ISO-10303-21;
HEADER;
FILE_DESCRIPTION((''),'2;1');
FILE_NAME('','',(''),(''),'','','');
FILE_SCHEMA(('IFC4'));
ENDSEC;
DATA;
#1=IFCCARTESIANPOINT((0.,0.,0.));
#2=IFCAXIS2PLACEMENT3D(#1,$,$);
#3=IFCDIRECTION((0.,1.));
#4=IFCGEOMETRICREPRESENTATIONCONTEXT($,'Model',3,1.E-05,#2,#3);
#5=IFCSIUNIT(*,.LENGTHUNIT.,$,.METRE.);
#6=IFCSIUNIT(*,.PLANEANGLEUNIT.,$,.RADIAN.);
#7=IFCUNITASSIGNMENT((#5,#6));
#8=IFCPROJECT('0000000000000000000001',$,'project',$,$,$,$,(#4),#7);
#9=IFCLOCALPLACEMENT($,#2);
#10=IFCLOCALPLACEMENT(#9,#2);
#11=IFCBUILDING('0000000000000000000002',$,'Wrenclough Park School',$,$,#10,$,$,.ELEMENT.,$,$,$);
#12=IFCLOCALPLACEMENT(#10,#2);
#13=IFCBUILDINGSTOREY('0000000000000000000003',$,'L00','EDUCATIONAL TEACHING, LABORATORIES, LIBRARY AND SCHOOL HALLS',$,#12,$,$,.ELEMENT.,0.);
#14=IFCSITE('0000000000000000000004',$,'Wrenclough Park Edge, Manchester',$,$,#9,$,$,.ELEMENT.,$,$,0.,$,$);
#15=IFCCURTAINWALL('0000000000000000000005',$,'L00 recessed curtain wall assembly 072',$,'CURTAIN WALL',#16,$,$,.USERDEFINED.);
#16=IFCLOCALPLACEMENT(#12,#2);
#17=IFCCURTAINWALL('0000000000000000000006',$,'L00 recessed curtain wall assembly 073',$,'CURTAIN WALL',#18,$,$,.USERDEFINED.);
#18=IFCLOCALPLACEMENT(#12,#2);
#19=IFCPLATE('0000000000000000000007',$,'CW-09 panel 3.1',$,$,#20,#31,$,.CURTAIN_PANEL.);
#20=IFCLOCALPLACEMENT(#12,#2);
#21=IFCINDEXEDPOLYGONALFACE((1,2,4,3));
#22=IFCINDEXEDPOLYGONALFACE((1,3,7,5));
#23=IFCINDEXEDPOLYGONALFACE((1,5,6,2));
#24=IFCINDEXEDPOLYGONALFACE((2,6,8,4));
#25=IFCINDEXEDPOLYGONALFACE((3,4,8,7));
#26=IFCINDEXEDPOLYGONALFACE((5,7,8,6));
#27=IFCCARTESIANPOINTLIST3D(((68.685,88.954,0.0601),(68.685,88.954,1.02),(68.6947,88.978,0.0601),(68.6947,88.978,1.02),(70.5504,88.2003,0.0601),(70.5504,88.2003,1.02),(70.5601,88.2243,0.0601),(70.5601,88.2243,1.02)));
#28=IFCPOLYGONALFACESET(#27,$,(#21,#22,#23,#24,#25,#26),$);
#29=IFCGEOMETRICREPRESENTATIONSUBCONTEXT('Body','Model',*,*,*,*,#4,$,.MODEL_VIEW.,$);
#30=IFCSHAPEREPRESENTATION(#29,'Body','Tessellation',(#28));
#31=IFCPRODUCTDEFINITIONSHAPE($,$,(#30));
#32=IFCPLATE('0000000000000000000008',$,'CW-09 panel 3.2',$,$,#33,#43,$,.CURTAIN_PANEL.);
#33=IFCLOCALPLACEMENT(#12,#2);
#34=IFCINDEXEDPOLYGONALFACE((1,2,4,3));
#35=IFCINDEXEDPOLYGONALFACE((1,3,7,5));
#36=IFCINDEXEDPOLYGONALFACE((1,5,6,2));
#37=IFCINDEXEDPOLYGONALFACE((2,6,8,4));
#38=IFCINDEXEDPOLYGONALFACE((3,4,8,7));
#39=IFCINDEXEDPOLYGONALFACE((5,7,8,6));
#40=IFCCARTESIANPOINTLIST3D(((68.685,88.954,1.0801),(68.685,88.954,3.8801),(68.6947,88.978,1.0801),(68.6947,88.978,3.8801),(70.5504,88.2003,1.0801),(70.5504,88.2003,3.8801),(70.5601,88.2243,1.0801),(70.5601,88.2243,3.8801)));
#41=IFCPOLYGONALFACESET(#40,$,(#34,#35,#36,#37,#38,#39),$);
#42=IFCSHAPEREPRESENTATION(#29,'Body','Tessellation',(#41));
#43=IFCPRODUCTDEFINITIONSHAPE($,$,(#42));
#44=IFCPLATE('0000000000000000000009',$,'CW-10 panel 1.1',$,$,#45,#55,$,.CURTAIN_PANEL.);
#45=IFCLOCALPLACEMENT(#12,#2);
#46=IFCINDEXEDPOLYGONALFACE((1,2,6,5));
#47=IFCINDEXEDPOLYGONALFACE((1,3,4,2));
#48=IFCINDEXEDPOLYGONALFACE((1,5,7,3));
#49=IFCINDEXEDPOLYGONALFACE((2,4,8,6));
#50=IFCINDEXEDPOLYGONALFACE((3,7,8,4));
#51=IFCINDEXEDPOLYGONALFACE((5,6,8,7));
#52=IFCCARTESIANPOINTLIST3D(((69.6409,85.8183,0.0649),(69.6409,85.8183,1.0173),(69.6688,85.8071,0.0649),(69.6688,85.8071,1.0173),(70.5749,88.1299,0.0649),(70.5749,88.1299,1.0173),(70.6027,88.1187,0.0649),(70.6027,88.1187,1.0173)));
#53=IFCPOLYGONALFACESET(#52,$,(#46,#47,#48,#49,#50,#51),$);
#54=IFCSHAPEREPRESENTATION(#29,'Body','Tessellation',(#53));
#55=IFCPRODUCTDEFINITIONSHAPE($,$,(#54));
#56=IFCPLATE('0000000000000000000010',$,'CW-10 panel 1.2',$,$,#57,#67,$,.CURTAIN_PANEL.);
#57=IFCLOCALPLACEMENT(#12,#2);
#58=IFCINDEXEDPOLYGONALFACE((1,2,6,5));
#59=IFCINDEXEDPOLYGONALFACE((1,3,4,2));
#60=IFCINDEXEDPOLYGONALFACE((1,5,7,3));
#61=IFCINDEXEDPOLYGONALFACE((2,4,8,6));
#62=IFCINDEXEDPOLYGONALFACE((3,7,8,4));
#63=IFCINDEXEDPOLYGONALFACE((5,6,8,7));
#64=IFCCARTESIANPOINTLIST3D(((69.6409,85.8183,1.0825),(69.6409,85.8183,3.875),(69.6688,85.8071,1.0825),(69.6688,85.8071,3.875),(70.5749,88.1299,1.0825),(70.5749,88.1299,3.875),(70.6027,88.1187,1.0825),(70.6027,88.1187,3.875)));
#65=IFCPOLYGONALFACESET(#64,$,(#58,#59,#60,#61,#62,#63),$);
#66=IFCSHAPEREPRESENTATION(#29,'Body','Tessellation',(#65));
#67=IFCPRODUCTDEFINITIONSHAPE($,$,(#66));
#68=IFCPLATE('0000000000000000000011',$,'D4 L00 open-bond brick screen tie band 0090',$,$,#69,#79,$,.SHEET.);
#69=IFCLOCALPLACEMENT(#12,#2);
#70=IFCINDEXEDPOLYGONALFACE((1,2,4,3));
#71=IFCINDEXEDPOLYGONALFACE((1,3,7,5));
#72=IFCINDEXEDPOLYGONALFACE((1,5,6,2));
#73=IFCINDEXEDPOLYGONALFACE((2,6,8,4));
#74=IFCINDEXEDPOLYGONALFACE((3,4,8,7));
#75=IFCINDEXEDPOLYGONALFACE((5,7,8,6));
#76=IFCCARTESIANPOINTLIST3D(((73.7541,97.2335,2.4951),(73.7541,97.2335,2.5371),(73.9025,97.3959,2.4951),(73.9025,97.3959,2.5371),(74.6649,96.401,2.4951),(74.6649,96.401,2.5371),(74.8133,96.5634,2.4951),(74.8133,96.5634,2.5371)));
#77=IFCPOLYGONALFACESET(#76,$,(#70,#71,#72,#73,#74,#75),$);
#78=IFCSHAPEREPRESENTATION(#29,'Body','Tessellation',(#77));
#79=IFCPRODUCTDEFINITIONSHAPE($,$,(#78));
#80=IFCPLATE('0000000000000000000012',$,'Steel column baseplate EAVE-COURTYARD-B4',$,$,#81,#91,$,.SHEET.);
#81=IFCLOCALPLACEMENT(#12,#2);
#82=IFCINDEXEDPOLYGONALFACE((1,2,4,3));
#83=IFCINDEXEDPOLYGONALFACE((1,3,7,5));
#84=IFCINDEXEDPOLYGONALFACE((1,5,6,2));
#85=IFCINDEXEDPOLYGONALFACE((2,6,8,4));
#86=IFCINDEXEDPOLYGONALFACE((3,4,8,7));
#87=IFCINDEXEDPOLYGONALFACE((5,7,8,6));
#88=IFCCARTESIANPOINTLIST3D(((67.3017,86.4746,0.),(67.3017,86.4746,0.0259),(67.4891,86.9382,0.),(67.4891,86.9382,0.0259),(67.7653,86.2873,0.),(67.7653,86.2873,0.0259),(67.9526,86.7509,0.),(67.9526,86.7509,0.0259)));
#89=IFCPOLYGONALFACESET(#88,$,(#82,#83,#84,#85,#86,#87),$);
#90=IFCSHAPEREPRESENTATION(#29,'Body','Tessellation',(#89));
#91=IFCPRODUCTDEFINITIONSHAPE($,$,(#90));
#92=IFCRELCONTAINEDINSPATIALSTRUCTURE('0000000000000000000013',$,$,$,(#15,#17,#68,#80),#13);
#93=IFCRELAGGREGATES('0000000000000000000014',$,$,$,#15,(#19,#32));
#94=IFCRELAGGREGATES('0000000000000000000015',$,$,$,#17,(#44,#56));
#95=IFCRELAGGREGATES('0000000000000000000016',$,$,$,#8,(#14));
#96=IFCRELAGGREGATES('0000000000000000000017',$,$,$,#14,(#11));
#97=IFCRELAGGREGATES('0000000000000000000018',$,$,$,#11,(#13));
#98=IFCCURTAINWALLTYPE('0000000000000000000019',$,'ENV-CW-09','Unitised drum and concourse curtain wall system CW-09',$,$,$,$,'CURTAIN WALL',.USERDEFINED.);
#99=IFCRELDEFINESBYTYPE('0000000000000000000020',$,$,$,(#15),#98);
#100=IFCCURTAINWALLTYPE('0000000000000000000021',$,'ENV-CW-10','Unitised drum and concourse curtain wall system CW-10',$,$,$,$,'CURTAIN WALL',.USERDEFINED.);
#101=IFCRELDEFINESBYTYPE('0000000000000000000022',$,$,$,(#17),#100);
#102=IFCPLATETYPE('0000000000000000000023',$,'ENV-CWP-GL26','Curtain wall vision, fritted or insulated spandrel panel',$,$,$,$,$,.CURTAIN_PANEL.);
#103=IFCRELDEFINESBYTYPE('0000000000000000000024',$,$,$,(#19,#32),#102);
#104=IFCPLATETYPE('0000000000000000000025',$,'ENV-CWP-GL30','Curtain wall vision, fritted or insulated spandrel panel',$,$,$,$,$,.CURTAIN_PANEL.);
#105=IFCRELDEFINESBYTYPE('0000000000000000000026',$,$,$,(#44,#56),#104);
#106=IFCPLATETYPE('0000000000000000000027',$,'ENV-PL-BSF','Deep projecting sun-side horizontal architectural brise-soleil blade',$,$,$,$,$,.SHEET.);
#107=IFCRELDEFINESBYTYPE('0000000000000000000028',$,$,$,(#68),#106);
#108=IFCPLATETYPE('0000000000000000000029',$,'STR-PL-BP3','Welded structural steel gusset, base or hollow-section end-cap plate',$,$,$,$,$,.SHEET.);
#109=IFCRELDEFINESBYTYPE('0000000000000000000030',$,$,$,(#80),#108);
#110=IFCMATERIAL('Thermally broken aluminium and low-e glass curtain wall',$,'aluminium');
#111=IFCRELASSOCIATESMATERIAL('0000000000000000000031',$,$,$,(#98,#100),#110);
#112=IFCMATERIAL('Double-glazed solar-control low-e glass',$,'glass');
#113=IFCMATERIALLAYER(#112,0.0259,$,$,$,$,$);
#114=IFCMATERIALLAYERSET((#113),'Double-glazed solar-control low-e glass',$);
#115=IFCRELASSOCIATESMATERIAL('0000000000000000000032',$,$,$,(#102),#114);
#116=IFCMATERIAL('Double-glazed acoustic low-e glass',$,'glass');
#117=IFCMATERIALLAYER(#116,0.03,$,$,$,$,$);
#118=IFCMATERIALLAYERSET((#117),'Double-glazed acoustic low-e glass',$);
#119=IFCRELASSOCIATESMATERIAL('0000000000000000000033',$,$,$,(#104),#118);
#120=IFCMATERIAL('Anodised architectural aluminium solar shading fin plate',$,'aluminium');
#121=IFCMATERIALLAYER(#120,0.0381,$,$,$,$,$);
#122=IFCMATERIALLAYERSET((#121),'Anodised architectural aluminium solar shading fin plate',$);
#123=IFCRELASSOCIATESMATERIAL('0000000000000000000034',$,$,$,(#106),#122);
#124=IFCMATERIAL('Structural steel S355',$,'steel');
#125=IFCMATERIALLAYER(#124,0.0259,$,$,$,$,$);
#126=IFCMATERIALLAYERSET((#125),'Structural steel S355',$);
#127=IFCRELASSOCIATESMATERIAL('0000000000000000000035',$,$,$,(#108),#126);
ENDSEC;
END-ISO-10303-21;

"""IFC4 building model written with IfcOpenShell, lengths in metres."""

from ifc_helpers import new_model, si_unit, direction, frame, origin, origin_2d, place, context, subcontext, project, spatial, rectangle, extrude, material, layer, layer_set, type_object, element, aggregate, save


model = new_model("IFC4")

# Units and contexts
model_context = context("Model", 3, precision=1e-05, world=origin(), true_north=direction((0.0, 1.0)))
body_context = subcontext(model_context, "Body", "Model", "MODEL_VIEW")
ifc_project = project(units=[si_unit("LENGTHUNIT", "METRE"), si_unit("PLANEANGLEUNIT", "RADIAN")], contexts=[model_context])

# Site, building, storey
site_placement = place(None, origin())
site = spatial("IfcSite", under=ifc_project, at=site_placement, Name="Wrenclough Park Edge, Manchester", CompositionType="ELEMENT", RefElevation=0.0)
building_placement = place(site_placement, origin())
building = spatial("IfcBuilding", under=site, at=building_placement, Name="Wrenclough Park School", CompositionType="ELEMENT")
storey_placement = place(building_placement, origin())
storey = spatial("IfcBuildingStorey", under=building, at=storey_placement, Name="L00", Description="EDUCATIONAL TEACHING, LABORATORIES, LIBRARY AND SCHOOL HALLS", CompositionType="ELEMENT", Elevation=0.0)

# Shared definitions
ifc_material_1 = material(Name="Structural steel S355", Category="steel")

# Curtain walls
ifc_material_2 = material(Name="Thermally broken aluminium and low-e glass curtain wall", Category="aluminium")
curtain_wall_type_1 = type_object("IfcCurtainWallType", Name="ENV-CW-09", Description="Unitised drum and concourse curtain wall system CW-09", ElementType="CURTAIN WALL", PredefinedType="USERDEFINED", material=ifc_material_2)
curtain_wall_1_placement = place(storey_placement, origin())
curtain_wall_1 = element("IfcCurtainWall", 1, at=curtain_wall_1_placement, inside=storey, type_object=curtain_wall_type_1, Name="L00 recessed curtain wall assembly 072", ObjectType="CURTAIN WALL", PredefinedType="USERDEFINED")
curtain_wall_type_2 = type_object("IfcCurtainWallType", Name="ENV-CW-10", Description="Unitised drum and concourse curtain wall system CW-10", ElementType="CURTAIN WALL", PredefinedType="USERDEFINED", material=ifc_material_2)
curtain_wall_2_placement = place(storey_placement, origin())
curtain_wall_2 = element("IfcCurtainWall", 2, at=curtain_wall_2_placement, inside=storey, type_object=curtain_wall_type_2, Name="L00 recessed curtain wall assembly 073", ObjectType="CURTAIN WALL", PredefinedType="USERDEFINED")

# Plates
ifc_material_3 = material(Name="Double-glazed solar-control low-e glass", Category="glass")
ifc_layer_1 = layer(ifc_material_3, 0.0259)
ifc_layer_set_1 = layer_set([ifc_layer_1], Name="Double-glazed solar-control low-e glass")
plate_type_1 = type_object("IfcPlateType", Name="ENV-CWP-GL26", Description="Curtain wall vision, fritted or insulated spandrel panel", PredefinedType="CURTAIN_PANEL", material=ifc_layer_set_1)
plate_1_placement = place(storey_placement, frame((69.6226, 88.5891, 0.0601), z_axis=(0.0, 0.0, 1.0), x_axis=(0.927184, -0.374606, 0.0)))
plate_1 = element("IfcPlate", 3, at=plate_1_placement, type_object=plate_type_1, Name="CW-09 panel 3.1", PredefinedType="CURTAIN_PANEL", context=body_context, shape_type="SweptSolid", body=[
    extrude(rectangle(XDim=2.012, YDim=0.0259, at=origin_2d()), origin(), (0.0, 0.0, 1.0), 0.96),
])
plate_2_placement = place(storey_placement, frame((69.6226, 88.5891, 1.0801), z_axis=(0.0, 0.0, 1.0), x_axis=(0.927184, -0.374606, 0.0)))
plate_2 = element("IfcPlate", 4, at=plate_2_placement, type_object=plate_type_1, Name="CW-09 panel 3.2", PredefinedType="CURTAIN_PANEL", context=body_context, shape_type="SweptSolid", body=[
    extrude(rectangle(XDim=2.012, YDim=0.0259, at=origin_2d()), origin(), (0.0, 0.0, 1.0), 2.8),
])
aggregate(curtain_wall_1, [plate_1, plate_2])
ifc_material_4 = material(Name="Double-glazed acoustic low-e glass", Category="glass")
ifc_layer_2 = layer(ifc_material_4, 0.03)
ifc_layer_set_2 = layer_set([ifc_layer_2], Name="Double-glazed acoustic low-e glass")
plate_type_2 = type_object("IfcPlateType", Name="ENV-CWP-GL30", Description="Curtain wall vision, fritted or insulated spandrel panel", PredefinedType="CURTAIN_PANEL", material=ifc_layer_set_2)
plate_3_placement = place(storey_placement, frame((70.1218, 86.9685, 0.0649), z_axis=(0.0, 0.0, 1.0), x_axis=(-0.37459, -0.927191, 0.0)))
plate_3 = element("IfcPlate", 5, at=plate_3_placement, type_object=plate_type_2, Name="CW-10 panel 1.1", PredefinedType="CURTAIN_PANEL", context=body_context, shape_type="SweptSolid", body=[
    extrude(rectangle(XDim=2.4932, YDim=0.03, at=origin_2d()), origin(), (0.0, 0.0, 1.0), 0.9524),
])
plate_4_placement = place(storey_placement, frame((70.1218, 86.9685, 1.0825), z_axis=(0.0, 0.0, 1.0), x_axis=(-0.37459, -0.927191, 0.0)))
plate_4 = element("IfcPlate", 6, at=plate_4_placement, type_object=plate_type_2, Name="CW-10 panel 1.2", PredefinedType="CURTAIN_PANEL", context=body_context, shape_type="SweptSolid", body=[
    extrude(rectangle(XDim=2.4932, YDim=0.03, at=origin_2d()), origin(), (0.0, 0.0, 1.0), 2.7925),
])
aggregate(curtain_wall_2, [plate_3, plate_4])

# Plates
ifc_material_5 = material(Name="Anodised architectural aluminium solar shading fin plate", Category="aluminium")
ifc_layer_3 = layer(ifc_material_5, 0.0381)
ifc_layer_set_3 = layer_set([ifc_layer_3], Name="Anodised architectural aluminium solar shading fin plate")
plate_type_3 = type_object("IfcPlateType", Name="ENV-PL-BSF", Description="Deep projecting sun-side horizontal architectural brise-soleil blade", PredefinedType="SHEET", material=ifc_layer_set_3)
plate_5_placement = place(storey_placement, frame((74.2837, 96.8984, 2.4951), z_axis=(0.0, 0.0, 1.0), x_axis=(0.738123, -0.674666, 0.0)))
element("IfcPlate", 7, at=plate_5_placement, inside=storey, type_object=plate_type_3, Name="D4 L00 open-bond brick screen tie band 0090", PredefinedType="SHEET", context=body_context, shape_type="SweptSolid", body=[
    extrude(rectangle(XDim=1.2339, YDim=0.22, at=origin_2d()), origin(), (0.0, 0.0, 1.0), 0.042),
])
ifc_layer_4 = layer(ifc_material_1, 0.0259)
ifc_layer_set_4 = layer_set([ifc_layer_4], Name="Structural steel S355")
plate_type_4 = type_object("IfcPlateType", Name="STR-PL-BP3", Description="Welded structural steel gusset, base or hollow-section end-cap plate", PredefinedType="SHEET", material=ifc_layer_set_4)
plate_6_placement = place(storey_placement, frame((67.6272, 86.6128, 0.0), z_axis=(0.0, 0.0, 1.0), x_axis=(0.927184, -0.374607, 0.0)))
element("IfcPlate", 8, at=plate_6_placement, inside=storey, type_object=plate_type_4, Name="Steel column baseplate EAVE-COURTYARD-B4", PredefinedType="SHEET", context=body_context, shape_type="SweptSolid", body=[
    extrude(rectangle(XDim=0.5, YDim=0.5, at=origin_2d()), origin(), (0.0, 0.0, 1.0), 0.0259),
])

save(model, "model.ifc")
